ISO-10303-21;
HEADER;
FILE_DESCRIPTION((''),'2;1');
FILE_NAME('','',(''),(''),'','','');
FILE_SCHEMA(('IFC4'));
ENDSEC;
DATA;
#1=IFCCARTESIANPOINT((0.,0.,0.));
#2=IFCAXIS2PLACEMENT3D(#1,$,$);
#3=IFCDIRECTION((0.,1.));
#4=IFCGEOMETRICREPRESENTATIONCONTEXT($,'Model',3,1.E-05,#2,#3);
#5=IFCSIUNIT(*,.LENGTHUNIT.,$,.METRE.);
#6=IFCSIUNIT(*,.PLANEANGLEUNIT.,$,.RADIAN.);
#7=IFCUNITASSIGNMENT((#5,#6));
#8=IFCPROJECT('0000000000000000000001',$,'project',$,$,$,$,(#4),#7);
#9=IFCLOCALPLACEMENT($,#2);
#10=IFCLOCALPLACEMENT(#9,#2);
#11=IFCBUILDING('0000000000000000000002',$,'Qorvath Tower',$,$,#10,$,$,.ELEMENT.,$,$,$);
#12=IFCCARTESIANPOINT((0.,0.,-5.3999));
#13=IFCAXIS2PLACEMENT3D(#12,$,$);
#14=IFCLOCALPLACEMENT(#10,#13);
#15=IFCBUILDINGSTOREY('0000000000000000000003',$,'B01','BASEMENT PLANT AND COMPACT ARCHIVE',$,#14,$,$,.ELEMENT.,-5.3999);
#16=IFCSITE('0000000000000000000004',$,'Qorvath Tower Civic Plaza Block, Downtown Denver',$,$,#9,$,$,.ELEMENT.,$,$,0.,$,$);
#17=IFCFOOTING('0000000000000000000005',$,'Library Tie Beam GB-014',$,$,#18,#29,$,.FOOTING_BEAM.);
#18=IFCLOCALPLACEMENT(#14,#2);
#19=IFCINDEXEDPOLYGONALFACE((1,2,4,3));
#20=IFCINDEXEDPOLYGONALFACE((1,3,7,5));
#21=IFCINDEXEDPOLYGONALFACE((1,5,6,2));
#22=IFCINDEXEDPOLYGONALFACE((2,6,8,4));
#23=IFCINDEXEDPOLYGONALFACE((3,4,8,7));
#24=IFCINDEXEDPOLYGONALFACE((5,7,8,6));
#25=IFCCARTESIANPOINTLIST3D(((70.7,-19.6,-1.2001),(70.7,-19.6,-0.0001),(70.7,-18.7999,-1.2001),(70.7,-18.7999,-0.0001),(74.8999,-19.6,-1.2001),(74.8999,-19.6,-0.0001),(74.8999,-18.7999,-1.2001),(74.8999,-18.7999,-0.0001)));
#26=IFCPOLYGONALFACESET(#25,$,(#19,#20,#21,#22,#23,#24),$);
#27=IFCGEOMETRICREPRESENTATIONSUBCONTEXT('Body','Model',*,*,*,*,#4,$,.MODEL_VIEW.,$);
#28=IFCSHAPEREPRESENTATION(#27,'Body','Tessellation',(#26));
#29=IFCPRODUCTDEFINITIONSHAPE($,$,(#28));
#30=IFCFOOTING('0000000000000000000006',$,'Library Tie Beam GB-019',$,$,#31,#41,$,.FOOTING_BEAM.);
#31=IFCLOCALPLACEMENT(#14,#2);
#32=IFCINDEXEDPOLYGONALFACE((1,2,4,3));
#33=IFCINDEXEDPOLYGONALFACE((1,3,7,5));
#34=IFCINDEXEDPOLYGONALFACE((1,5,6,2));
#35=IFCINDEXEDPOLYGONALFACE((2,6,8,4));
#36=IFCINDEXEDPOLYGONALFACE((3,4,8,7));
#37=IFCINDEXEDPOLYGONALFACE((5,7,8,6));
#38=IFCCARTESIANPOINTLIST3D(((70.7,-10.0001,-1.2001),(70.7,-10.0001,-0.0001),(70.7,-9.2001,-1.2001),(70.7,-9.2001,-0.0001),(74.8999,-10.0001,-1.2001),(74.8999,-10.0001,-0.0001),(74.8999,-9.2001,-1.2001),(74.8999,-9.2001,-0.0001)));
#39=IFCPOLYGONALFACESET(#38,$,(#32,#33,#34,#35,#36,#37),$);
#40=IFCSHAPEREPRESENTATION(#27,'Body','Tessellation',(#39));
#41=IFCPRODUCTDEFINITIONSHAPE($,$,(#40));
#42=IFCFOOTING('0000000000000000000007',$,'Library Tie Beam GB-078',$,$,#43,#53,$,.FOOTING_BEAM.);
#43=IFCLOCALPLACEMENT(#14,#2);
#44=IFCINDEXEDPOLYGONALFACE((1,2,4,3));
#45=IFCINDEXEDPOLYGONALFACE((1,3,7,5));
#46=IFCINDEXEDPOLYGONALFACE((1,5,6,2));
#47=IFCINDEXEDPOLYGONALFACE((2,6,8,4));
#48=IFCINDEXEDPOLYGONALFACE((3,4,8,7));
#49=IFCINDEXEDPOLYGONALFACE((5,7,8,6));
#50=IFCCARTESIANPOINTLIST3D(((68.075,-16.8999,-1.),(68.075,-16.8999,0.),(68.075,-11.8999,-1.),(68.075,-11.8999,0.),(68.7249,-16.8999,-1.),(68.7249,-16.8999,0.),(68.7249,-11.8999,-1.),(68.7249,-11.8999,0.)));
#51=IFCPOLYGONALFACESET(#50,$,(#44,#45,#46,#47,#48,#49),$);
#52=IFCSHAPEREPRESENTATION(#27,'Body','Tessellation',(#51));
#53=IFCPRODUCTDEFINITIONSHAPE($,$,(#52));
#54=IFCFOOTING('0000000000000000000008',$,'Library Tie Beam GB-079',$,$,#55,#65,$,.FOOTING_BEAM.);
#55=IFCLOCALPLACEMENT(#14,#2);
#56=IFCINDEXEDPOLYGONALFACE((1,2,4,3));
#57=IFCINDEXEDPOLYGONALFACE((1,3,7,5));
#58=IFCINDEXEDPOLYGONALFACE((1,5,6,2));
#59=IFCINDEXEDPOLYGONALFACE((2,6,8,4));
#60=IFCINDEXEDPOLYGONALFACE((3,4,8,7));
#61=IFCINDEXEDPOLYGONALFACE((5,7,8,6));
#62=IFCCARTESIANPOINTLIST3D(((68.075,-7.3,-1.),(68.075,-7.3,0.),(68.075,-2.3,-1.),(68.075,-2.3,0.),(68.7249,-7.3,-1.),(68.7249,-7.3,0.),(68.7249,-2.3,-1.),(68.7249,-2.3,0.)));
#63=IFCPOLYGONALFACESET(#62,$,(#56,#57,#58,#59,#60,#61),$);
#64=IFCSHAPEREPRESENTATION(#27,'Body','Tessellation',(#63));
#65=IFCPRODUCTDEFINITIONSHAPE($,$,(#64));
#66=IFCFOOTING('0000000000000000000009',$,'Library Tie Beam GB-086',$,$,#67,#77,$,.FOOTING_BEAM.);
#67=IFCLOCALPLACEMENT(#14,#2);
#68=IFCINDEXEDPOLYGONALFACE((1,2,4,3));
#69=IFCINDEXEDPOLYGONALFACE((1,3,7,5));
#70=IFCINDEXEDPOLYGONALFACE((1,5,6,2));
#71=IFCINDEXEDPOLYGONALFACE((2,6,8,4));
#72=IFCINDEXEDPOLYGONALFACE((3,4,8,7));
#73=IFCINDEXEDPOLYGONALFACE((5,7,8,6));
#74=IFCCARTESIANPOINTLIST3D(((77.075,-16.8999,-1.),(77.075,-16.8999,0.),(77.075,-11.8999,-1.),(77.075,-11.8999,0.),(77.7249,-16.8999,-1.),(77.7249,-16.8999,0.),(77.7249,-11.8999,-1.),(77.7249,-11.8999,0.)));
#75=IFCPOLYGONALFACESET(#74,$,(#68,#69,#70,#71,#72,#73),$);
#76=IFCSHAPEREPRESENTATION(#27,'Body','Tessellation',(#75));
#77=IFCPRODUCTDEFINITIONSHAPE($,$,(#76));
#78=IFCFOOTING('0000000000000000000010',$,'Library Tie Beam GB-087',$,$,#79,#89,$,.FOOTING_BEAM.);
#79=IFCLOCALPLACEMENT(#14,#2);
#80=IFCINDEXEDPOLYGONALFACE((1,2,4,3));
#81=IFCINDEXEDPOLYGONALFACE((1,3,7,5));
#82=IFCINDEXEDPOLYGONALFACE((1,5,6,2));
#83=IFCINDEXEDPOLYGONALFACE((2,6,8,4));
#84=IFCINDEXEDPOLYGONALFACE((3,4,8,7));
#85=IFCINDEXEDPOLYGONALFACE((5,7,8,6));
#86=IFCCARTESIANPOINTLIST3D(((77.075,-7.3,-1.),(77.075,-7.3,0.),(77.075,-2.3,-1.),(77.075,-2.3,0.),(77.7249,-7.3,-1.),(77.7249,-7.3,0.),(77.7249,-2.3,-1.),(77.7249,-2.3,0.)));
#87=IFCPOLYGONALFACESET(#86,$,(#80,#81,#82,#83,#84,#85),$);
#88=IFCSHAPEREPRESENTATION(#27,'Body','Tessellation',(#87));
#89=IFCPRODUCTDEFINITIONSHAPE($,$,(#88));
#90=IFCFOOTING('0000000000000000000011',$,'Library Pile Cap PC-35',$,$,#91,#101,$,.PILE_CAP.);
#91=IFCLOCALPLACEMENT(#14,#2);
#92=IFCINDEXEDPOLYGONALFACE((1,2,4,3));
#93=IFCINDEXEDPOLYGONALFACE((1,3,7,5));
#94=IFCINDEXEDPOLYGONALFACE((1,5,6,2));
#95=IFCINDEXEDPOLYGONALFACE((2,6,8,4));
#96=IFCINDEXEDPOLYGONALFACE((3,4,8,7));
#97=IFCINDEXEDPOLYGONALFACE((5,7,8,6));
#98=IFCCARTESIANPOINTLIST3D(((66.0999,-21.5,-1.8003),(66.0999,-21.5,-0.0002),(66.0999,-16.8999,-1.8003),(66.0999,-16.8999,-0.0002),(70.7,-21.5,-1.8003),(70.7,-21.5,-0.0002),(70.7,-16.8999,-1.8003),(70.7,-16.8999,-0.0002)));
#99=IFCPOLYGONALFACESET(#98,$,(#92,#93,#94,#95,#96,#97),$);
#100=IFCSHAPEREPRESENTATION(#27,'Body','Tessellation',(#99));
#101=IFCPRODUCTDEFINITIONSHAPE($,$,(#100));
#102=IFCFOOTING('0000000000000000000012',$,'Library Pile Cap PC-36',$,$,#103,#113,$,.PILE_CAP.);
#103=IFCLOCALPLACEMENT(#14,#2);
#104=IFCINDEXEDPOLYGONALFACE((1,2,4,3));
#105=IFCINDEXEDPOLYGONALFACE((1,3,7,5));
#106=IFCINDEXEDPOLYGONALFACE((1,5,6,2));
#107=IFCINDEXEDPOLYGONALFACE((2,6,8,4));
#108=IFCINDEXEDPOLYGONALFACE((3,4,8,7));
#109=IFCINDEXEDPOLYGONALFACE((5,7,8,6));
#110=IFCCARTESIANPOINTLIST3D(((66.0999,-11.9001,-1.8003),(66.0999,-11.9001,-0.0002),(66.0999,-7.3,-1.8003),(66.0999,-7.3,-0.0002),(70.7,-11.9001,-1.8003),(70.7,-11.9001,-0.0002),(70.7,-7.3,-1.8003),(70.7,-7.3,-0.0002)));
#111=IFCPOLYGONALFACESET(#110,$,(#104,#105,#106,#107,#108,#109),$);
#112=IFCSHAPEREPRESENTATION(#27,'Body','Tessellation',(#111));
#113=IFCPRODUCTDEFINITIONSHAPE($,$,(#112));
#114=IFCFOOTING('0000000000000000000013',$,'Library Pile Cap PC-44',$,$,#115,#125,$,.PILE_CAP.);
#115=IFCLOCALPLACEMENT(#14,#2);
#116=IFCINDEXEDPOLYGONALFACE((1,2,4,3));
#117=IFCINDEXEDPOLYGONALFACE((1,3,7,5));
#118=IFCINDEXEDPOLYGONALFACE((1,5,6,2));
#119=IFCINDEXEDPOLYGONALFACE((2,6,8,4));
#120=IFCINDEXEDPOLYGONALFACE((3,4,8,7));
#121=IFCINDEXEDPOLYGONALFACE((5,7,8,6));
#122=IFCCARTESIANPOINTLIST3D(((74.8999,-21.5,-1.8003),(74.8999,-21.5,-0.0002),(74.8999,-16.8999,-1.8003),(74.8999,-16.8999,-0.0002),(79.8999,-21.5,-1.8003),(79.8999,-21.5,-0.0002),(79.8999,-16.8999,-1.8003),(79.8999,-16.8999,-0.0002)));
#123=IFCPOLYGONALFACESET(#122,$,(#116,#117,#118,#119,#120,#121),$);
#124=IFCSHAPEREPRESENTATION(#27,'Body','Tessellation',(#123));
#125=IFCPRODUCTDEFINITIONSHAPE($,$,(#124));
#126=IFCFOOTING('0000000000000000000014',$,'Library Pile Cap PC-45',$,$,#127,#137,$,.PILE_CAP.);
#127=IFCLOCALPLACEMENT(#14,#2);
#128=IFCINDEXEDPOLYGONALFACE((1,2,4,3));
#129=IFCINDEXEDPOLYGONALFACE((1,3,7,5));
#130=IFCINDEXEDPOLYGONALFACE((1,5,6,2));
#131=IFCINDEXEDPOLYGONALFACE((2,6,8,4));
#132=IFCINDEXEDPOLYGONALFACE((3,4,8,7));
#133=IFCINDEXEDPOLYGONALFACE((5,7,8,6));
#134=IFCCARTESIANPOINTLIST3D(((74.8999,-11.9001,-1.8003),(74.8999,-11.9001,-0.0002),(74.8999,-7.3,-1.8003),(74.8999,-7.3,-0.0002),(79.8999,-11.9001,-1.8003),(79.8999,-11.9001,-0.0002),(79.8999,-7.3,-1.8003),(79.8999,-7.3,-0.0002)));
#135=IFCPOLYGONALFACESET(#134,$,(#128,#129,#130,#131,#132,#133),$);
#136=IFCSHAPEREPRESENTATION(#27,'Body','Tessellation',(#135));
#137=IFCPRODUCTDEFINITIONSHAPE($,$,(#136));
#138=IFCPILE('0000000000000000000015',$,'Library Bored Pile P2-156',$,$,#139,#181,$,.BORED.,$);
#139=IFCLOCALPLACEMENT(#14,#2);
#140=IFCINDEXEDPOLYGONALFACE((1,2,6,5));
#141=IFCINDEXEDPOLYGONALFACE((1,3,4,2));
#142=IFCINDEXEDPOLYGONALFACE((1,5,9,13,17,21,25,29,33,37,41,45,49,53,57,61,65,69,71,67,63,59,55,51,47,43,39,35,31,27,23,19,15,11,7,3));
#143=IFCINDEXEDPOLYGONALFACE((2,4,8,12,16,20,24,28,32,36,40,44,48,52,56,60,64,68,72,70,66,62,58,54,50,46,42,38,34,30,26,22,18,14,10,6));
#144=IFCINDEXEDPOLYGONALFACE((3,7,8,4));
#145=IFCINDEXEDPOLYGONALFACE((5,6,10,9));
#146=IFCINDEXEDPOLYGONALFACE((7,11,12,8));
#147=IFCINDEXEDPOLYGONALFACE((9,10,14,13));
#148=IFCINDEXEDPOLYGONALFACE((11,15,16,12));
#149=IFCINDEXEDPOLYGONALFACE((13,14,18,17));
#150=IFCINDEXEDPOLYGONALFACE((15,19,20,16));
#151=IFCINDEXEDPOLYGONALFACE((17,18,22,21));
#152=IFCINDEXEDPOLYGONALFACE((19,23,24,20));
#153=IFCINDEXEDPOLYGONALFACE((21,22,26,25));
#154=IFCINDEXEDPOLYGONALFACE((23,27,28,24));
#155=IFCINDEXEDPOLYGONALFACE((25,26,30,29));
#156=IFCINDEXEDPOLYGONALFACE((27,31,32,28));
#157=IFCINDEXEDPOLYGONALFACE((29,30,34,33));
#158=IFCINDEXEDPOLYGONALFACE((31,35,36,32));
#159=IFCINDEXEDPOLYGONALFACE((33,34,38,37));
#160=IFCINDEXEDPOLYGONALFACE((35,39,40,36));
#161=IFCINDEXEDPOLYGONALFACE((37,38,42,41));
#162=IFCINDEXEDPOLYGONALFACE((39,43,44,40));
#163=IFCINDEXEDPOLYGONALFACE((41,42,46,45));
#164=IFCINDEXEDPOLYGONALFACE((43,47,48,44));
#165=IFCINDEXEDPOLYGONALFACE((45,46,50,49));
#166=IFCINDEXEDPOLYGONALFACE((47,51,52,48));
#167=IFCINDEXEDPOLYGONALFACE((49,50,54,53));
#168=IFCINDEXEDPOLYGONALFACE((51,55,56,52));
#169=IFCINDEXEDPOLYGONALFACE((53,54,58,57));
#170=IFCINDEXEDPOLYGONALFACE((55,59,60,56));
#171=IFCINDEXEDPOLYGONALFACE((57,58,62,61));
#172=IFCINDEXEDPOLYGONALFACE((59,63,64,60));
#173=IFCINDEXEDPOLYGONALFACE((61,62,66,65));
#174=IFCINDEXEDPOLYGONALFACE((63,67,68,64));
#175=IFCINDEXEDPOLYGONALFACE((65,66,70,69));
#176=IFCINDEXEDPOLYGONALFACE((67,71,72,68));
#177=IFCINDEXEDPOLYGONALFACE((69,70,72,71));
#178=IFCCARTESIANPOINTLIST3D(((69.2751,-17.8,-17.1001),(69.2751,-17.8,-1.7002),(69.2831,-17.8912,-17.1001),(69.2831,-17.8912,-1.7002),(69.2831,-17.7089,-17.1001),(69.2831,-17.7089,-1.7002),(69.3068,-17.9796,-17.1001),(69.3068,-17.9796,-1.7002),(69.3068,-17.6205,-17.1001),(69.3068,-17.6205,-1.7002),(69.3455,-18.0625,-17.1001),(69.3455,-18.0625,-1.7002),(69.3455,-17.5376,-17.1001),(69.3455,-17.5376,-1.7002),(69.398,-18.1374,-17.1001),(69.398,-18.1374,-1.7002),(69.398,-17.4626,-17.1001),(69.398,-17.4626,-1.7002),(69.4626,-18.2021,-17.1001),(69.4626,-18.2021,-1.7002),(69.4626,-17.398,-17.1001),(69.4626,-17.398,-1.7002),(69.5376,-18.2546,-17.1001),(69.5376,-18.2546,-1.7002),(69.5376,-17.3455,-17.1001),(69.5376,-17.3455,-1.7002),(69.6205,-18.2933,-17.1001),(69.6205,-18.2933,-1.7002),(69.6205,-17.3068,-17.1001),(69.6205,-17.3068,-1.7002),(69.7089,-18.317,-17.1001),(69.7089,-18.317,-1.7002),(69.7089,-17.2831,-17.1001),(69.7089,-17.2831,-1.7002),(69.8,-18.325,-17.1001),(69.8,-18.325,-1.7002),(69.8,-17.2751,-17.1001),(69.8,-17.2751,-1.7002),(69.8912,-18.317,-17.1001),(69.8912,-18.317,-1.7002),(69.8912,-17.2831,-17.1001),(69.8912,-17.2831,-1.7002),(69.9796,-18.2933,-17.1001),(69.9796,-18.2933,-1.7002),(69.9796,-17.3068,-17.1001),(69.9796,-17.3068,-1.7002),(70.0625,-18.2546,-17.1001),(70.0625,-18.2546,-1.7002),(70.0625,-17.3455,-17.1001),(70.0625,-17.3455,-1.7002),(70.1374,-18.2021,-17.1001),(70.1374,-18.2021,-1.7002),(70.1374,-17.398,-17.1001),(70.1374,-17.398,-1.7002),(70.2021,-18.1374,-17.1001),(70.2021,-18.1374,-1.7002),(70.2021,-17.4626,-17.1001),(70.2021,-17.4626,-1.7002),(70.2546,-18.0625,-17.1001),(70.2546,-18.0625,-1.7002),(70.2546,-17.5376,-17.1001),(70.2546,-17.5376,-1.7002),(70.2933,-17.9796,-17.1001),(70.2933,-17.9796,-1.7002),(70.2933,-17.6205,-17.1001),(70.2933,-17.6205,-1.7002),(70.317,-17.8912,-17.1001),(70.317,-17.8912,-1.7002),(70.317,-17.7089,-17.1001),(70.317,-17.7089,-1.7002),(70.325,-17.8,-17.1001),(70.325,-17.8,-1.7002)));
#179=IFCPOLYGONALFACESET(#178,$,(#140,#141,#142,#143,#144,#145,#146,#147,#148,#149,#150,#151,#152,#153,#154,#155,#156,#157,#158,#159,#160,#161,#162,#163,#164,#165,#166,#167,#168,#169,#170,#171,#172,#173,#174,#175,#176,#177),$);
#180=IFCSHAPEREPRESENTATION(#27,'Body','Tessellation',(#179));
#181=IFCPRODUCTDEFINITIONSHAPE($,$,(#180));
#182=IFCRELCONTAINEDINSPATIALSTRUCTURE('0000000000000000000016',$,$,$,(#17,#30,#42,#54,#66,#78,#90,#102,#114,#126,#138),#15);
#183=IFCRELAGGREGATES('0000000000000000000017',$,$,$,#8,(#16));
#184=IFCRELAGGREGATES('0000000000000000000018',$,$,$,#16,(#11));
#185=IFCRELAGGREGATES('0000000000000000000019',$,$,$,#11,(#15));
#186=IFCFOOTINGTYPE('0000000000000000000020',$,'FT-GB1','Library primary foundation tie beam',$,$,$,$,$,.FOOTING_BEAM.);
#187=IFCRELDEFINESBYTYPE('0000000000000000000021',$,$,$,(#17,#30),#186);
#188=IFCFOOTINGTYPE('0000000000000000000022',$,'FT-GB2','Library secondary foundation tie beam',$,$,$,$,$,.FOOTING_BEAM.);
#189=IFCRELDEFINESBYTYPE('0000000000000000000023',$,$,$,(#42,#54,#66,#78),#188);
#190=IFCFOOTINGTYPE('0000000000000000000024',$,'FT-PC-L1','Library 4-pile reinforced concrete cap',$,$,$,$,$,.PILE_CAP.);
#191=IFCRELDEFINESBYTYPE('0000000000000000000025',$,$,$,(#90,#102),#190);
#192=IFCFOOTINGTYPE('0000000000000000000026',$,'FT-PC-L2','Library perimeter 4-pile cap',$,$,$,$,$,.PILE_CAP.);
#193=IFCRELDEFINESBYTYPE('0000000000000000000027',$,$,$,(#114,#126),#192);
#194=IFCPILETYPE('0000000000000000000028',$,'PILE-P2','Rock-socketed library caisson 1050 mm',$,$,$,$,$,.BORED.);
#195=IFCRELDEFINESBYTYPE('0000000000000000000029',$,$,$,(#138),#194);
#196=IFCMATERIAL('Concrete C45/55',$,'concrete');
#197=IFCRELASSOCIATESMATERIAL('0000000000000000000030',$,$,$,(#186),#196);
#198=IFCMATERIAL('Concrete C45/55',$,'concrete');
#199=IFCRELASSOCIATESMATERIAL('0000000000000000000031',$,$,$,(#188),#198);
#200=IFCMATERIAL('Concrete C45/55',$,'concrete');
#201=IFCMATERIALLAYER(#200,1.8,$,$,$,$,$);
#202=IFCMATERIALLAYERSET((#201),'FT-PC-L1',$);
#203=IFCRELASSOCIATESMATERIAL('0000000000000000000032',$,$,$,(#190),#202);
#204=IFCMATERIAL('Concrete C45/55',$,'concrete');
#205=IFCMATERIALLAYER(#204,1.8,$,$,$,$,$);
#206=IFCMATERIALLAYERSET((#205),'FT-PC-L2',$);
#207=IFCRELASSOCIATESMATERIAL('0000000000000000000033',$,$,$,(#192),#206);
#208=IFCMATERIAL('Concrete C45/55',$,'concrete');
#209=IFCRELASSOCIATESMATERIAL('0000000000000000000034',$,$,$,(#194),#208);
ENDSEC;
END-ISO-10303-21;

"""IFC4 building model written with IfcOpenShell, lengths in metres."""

from ifc_helpers import new_model, si_unit, direction, frame, origin, origin_2d, place, context, subcontext, project, spatial, rectangle, circle, extrude, material, layer, layer_set, material_profile, profile_set, type_object, element, save


model = new_model("IFC4")

# Units and contexts
model_context = context("Model", 3, precision=1e-05, world=origin(), true_north=direction((0.0, 1.0)))
body_context = subcontext(model_context, "Body", "Model", "MODEL_VIEW")
ifc_project = project(units=[si_unit("LENGTHUNIT", "METRE"), si_unit("PLANEANGLEUNIT", "RADIAN")], contexts=[model_context])

# Site, building, storey
site_placement = place(None, origin())
site = spatial("IfcSite", under=ifc_project, at=site_placement, Name="Qorvath Tower Civic Plaza Block, Downtown Denver", CompositionType="ELEMENT", RefElevation=0.0)
building_placement = place(site_placement, origin())
building = spatial("IfcBuilding", under=site, at=building_placement, Name="Qorvath Tower", CompositionType="ELEMENT")
storey_placement = place(building_placement, frame((0.0, 0.0, -5.3999)))
storey = spatial("IfcBuildingStorey", under=building, at=storey_placement, Name="B01", Description="BASEMENT PLANT AND COMPACT ARCHIVE", CompositionType="ELEMENT", Elevation=-5.3999)

# Footings
ifc_material_1 = material(Name="Concrete C45/55", Category="concrete")
ifc_material_profile_1 = material_profile(ifc_material_1, rectangle(XDim=0.8, YDim=1.2, at=origin_2d()), Name="GB 800x1200")
ifc_profile_set_1 = profile_set([ifc_material_profile_1], Name="Concrete C45/55")
footing_type_1 = type_object("IfcFootingType", Name="FT-GB1", Description="Library primary foundation tie beam", PredefinedType="FOOTING_BEAM", material=ifc_profile_set_1)
for number, where, z_axis, x_axis, name in (
    (1, (70.7, -19.2, -0.6001), (1.0, 0.0, 0.0), (0.0, 1.0, 0.0), "Library Tie Beam GB-014"),
    (2, (70.7, -9.6001, -0.6001), (1.0, 0.0, 0.0), (0.0, 1.0, 0.0), "Library Tie Beam GB-019"),
):
    element("IfcFooting", number, at=place(storey_placement, frame(where, z_axis=z_axis, x_axis=x_axis)), inside=storey, type_object=footing_type_1, Name=name, PredefinedType="FOOTING_BEAM", context=body_context, shape_type="SweptSolid", body=[
        extrude(rectangle(XDim=0.8, YDim=1.2, at=origin_2d()), origin(), (0.0, 0.0, 1.0), 4.2),
    ])
ifc_material_2 = material(Name="Concrete C45/55", Category="concrete")
ifc_material_profile_2 = material_profile(ifc_material_2, rectangle(XDim=0.6499, YDim=1.0, at=origin_2d()), Name="GB 650x1000")
ifc_profile_set_2 = profile_set([ifc_material_profile_2], Name="Concrete C45/55")
footing_type_2 = type_object("IfcFootingType", Name="FT-GB2", Description="Library secondary foundation tie beam", PredefinedType="FOOTING_BEAM", material=ifc_profile_set_2)
for number, where, z_axis, x_axis, name in (
    (3, (68.3999, -16.8999, -0.5), (0.0, 1.0, 0.0), (-1.0, 0.0, 0.0), "Library Tie Beam GB-078"),
    (4, (68.3999, -7.3, -0.5), (0.0, 1.0, 0.0), (-1.0, 0.0, 0.0), "Library Tie Beam GB-079"),
    (5, (77.3999, -16.8999, -0.5), (0.0, 1.0, 0.0), (-1.0, 0.0, 0.0), "Library Tie Beam GB-086"),
    (6, (77.3999, -7.3, -0.5), (0.0, 1.0, 0.0), (-1.0, 0.0, 0.0), "Library Tie Beam GB-087"),
):
    element("IfcFooting", number, at=place(storey_placement, frame(where, z_axis=z_axis, x_axis=x_axis)), inside=storey, type_object=footing_type_2, Name=name, PredefinedType="FOOTING_BEAM", context=body_context, shape_type="SweptSolid", body=[
        extrude(rectangle(XDim=0.6499, YDim=1.0, at=origin_2d()), origin(), (0.0, 0.0, 1.0), 5.0),
    ])
ifc_material_3 = material(Name="Concrete C45/55", Category="concrete")
ifc_layer_1 = layer(ifc_material_3, 1.8)
ifc_layer_set_1 = layer_set([ifc_layer_1], Name="FT-PC-L1")
footing_type_3 = type_object("IfcFootingType", Name="FT-PC-L1", Description="Library 4-pile reinforced concrete cap", PredefinedType="PILE_CAP", material=ifc_layer_set_1)
for number, where, z_axis, x_axis, name in (
    (7, (68.3999, -19.2, -1.8003), (0.0, 0.0, 1.0), (1.0, 0.0, 0.0), "Library Pile Cap PC-35"),
    (8, (68.3999, -9.6001, -1.8003), (0.0, 0.0, 1.0), (1.0, 0.0, 0.0), "Library Pile Cap PC-36"),
):
    element("IfcFooting", number, at=place(storey_placement, frame(where, z_axis=z_axis, x_axis=x_axis)), inside=storey, type_object=footing_type_3, Name=name, PredefinedType="PILE_CAP", context=body_context, shape_type="SweptSolid", body=[
        extrude(rectangle(XDim=4.6001, YDim=4.6001, at=origin_2d()), origin(), (0.0, 0.0, 1.0), 1.8),
    ])
ifc_material_4 = material(Name="Concrete C45/55", Category="concrete")
ifc_layer_2 = layer(ifc_material_4, 1.8)
ifc_layer_set_2 = layer_set([ifc_layer_2], Name="FT-PC-L2")
footing_type_4 = type_object("IfcFootingType", Name="FT-PC-L2", Description="Library perimeter 4-pile cap", PredefinedType="PILE_CAP", material=ifc_layer_set_2)
for number, where, z_axis, x_axis, name in (
    (9, (77.3999, -19.2, -1.8003), (0.0, 0.0, 1.0), (1.0, 0.0, 0.0), "Library Pile Cap PC-44"),
    (10, (77.3999, -9.6001, -1.8003), (0.0, 0.0, 1.0), (1.0, 0.0, 0.0), "Library Pile Cap PC-45"),
):
    element("IfcFooting", number, at=place(storey_placement, frame(where, z_axis=z_axis, x_axis=x_axis)), inside=storey, type_object=footing_type_4, Name=name, PredefinedType="PILE_CAP", context=body_context, shape_type="SweptSolid", body=[
        extrude(rectangle(XDim=5.0, YDim=4.6001, at=origin_2d()), origin(), (0.0, 0.0, 1.0), 1.8),
    ])

# Pile
ifc_material_5 = material(Name="Concrete C45/55", Category="concrete")
ifc_material_profile_3 = material_profile(ifc_material_5, circle(Radius=0.5249, at=origin_2d()), Name="BORED PILE 1050")
ifc_profile_set_3 = profile_set([ifc_material_profile_3], Name="Concrete C45/55")
pile_type = type_object("IfcPileType", Name="PILE-P2", Description="Rock-socketed library caisson 1050 mm", PredefinedType="BORED", material=ifc_profile_set_3)
for number, where, z_axis, x_axis, name in (
    (11, (69.8, -17.8, -1.7002), (0.0, 0.0, -1.0), (1.0, 0.0, 0.0), "Library Bored Pile P2-156"),
):
    element("IfcPile", number, at=place(storey_placement, frame(where, z_axis=z_axis, x_axis=x_axis)), inside=storey, type_object=pile_type, Name=name, PredefinedType="BORED", context=body_context, shape_type="SweptSolid", body=[
        extrude(circle(Radius=0.5249, at=origin_2d()), origin(), (0.0, 0.0, 1.0), 15.3999),
    ])

save(model, "model.ifc")
